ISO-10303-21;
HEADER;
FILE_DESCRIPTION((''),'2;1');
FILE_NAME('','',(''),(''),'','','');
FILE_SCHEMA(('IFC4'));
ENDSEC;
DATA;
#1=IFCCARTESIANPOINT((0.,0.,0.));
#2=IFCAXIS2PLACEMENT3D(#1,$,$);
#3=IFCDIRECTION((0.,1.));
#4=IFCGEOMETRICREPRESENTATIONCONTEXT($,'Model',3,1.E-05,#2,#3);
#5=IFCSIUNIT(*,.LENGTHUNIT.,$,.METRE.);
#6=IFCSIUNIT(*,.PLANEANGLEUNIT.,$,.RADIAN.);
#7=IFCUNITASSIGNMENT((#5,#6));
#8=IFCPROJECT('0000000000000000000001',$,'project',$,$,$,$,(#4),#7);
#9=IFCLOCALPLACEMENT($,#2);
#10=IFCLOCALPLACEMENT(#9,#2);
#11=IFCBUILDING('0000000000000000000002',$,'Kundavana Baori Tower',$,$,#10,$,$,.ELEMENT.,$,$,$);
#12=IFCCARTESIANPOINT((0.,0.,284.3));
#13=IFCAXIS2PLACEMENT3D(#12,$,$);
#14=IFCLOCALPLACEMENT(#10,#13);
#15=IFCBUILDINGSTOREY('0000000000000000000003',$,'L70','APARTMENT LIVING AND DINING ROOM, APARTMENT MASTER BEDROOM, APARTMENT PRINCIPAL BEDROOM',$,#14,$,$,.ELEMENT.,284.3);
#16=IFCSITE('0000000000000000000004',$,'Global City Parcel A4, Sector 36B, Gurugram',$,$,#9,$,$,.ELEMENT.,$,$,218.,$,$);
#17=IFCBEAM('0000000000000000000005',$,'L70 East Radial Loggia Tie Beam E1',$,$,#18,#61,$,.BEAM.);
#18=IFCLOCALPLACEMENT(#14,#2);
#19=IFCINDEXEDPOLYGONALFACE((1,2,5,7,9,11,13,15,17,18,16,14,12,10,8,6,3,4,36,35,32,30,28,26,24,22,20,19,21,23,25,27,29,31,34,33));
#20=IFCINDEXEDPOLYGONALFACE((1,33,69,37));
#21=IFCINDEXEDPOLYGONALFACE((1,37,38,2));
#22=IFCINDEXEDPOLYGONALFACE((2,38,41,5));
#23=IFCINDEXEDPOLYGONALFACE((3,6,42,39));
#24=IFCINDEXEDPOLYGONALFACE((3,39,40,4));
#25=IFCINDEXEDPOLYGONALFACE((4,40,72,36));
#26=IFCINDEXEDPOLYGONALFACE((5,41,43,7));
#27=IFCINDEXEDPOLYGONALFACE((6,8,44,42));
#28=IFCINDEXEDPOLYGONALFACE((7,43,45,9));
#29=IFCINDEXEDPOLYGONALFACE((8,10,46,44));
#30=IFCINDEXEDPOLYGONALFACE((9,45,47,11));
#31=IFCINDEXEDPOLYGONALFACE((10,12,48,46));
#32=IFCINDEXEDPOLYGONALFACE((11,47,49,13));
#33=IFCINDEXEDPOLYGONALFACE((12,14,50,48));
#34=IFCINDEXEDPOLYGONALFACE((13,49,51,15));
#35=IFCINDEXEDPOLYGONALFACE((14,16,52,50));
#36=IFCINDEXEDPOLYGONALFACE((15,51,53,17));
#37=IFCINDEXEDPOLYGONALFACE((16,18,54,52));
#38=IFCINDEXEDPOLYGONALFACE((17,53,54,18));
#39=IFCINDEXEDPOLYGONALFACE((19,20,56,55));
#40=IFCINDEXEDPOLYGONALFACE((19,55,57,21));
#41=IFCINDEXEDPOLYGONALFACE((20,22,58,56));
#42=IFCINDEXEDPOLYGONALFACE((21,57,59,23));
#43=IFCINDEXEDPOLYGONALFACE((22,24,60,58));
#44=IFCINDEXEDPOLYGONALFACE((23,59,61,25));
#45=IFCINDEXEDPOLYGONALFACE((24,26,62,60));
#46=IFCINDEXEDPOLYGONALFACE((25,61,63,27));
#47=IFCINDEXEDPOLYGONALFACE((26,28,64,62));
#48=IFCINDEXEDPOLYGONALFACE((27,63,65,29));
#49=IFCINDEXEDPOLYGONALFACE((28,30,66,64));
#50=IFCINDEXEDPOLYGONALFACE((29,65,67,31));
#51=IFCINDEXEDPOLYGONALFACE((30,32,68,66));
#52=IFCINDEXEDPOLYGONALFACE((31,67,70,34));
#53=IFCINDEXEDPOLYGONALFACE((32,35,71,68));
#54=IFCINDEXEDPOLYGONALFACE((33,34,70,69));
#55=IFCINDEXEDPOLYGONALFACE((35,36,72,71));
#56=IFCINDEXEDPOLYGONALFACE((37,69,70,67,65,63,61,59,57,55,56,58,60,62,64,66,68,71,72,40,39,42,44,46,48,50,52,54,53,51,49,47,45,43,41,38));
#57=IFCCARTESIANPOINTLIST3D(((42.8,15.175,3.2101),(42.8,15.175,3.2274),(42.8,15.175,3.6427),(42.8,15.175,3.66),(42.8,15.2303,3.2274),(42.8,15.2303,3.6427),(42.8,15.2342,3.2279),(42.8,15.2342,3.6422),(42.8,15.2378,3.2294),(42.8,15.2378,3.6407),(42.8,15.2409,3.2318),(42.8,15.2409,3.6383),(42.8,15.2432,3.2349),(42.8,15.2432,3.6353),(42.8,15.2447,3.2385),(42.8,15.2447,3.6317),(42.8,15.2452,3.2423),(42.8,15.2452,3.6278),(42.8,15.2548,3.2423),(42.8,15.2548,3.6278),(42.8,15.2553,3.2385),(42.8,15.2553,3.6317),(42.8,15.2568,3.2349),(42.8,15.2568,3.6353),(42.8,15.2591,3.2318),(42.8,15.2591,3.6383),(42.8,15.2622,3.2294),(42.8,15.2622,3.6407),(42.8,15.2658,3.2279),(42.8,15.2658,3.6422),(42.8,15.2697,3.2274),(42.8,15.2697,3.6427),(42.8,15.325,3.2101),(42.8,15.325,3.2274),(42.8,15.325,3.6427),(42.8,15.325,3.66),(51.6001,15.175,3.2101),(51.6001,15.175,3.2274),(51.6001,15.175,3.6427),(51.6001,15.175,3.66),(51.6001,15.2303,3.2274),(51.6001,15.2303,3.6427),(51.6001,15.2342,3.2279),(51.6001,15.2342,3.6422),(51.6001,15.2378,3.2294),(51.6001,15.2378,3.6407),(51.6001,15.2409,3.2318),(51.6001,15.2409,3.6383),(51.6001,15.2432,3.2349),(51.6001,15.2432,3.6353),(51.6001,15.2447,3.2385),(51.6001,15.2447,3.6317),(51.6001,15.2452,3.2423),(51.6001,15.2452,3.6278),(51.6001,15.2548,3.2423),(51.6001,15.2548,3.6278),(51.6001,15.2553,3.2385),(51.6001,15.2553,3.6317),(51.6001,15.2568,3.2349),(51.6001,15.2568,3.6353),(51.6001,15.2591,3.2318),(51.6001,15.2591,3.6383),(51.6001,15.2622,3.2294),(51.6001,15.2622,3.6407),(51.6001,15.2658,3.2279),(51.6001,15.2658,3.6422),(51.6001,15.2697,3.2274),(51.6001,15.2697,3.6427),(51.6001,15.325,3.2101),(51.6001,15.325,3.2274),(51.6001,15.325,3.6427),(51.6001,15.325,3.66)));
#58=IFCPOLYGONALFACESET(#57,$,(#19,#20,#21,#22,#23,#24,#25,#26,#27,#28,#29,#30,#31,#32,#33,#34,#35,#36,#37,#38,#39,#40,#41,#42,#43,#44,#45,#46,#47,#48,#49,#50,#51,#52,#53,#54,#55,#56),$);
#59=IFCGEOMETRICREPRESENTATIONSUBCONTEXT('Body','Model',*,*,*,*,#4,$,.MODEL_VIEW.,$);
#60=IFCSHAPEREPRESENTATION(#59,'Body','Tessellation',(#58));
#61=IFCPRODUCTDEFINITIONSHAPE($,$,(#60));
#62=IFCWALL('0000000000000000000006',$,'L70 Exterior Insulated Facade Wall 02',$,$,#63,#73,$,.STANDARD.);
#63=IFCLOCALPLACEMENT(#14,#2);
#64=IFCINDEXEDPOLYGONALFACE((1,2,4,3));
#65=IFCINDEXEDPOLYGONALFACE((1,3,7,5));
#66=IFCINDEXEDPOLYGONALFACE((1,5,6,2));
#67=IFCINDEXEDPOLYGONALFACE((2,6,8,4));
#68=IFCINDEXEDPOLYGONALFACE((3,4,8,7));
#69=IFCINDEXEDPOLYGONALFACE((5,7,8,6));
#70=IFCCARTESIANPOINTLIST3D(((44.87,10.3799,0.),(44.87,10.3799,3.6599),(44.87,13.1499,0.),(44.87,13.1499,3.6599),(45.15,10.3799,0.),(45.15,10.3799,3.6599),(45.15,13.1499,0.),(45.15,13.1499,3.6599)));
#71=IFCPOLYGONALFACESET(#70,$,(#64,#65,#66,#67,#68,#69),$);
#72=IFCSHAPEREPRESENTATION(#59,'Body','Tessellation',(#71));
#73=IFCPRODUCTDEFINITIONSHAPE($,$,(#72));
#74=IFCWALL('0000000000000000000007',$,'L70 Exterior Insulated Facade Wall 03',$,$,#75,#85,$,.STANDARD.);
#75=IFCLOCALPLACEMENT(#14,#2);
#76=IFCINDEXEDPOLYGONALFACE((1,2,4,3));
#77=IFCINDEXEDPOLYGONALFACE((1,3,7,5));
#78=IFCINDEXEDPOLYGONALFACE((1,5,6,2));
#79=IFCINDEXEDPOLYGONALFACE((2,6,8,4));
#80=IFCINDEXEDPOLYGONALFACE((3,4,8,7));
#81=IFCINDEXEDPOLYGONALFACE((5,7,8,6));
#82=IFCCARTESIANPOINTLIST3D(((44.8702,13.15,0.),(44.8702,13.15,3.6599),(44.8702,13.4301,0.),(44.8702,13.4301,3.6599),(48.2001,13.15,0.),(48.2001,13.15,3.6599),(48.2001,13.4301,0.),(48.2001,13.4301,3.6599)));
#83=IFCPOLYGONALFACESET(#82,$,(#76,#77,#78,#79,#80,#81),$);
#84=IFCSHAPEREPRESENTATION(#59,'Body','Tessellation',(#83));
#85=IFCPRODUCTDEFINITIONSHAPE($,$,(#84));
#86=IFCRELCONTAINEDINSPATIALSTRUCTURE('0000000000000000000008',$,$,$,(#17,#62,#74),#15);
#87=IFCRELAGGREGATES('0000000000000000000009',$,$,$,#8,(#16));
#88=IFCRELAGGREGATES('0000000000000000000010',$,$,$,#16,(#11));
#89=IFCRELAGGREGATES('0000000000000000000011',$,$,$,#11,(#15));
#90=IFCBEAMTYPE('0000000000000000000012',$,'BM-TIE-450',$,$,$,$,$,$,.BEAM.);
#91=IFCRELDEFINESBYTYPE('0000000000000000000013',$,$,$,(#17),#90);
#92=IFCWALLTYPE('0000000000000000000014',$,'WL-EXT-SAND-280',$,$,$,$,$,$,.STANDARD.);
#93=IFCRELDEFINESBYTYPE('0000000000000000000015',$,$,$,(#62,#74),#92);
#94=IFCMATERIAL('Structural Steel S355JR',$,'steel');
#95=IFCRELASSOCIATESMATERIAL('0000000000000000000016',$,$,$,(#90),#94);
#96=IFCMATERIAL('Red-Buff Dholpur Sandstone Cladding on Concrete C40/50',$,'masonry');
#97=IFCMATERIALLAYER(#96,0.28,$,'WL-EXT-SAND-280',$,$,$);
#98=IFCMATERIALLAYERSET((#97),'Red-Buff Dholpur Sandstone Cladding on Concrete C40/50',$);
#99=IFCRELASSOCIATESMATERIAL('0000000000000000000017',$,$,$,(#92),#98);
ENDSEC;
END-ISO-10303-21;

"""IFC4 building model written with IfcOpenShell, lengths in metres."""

from ifc_helpers import new_model, si_unit, direction, frame, frame_2d, origin, origin_2d, place, context, subcontext, project, spatial, rectangle, i_section, extrude, material, layer, layer_set, material_profile, profile_set, type_object, element, save


model = new_model("IFC4")

# Units and contexts
model_context = context("Model", 3, precision=1e-05, world=origin(), true_north=direction((0.0, 1.0)))
body_context = subcontext(model_context, "Body", "Model", "MODEL_VIEW")
ifc_project = project(units=[si_unit("LENGTHUNIT", "METRE"), si_unit("PLANEANGLEUNIT", "RADIAN")], contexts=[model_context])

# Site, building, storey
site_placement = place(None, origin())
site = spatial("IfcSite", under=ifc_project, at=site_placement, Name="Global City Parcel A4, Sector 36B, Gurugram", CompositionType="ELEMENT", RefElevation=218.0)
building_placement = place(site_placement, origin())
building = spatial("IfcBuilding", under=site, at=building_placement, Name="Kundavana Baori Tower", CompositionType="ELEMENT")
storey_placement = place(building_placement, frame((0.0, 0.0, 284.3)))
storey = spatial("IfcBuildingStorey", under=building, at=storey_placement, Name="L70", Description="APARTMENT LIVING AND DINING ROOM, APARTMENT MASTER BEDROOM, APARTMENT PRINCIPAL BEDROOM", CompositionType="ELEMENT", Elevation=284.3)

# Beam
ifc_material_1 = material(Name="Structural Steel S355JR", Category="steel")
ifc_material_profile_1 = material_profile(ifc_material_1, i_section(OverallWidth=0.1499, OverallDepth=0.45, WebThickness=0.0095, FlangeThickness=0.0173, FilletRadius=0.0149, at=origin_2d()), Name="ISMB 450")
ifc_profile_set_1 = profile_set([ifc_material_profile_1], Name="Structural Steel S355JR")
beam_type_1 = type_object("IfcBeamType", Name="BM-TIE-450", PredefinedType="BEAM", material=ifc_profile_set_1)
beam_1_placement = place(storey_placement, frame((42.8, 15.25, 3.4351), z_axis=(1.0, 0.0, 0.0), x_axis=(0.0, 1.0, 0.0)))
element("IfcBeam", 1, at=beam_1_placement, inside=storey, type_object=beam_type_1, Name="L70 East Radial Loggia Tie Beam E1", PredefinedType="BEAM", context=body_context, shape_type="SweptSolid", body=[
    extrude(i_section(OverallWidth=0.1499, OverallDepth=0.45, WebThickness=0.0095, FlangeThickness=0.0173, FilletRadius=0.0149, at=origin_2d()), origin(), (0.0, 0.0, 1.0), 8.8),
])

# Walls
ifc_material_2 = material(Name="Red-Buff Dholpur Sandstone Cladding on Concrete C40/50", Category="masonry")
ifc_layer_1 = layer(ifc_material_2, 0.28, Name="WL-EXT-SAND-280")
ifc_layer_set_1 = layer_set([ifc_layer_1], Name="Red-Buff Dholpur Sandstone Cladding on Concrete C40/50")
wall_type_1 = type_object("IfcWallType", Name="WL-EXT-SAND-280", PredefinedType="STANDARD", material=ifc_layer_set_1)
wall_1_placement = place(storey_placement, frame((45.01, 10.3799, 0.0), z_axis=(0.0, 0.0, 1.0), x_axis=(0.0, 1.0, 0.0)))
element("IfcWall", 2, at=wall_1_placement, inside=storey, type_object=wall_type_1, Name="L70 Exterior Insulated Facade Wall 02", PredefinedType="STANDARD", context=body_context, shape_type="SweptSolid", body=[
    extrude(rectangle(XDim=2.77, YDim=0.28, at=frame_2d((1.385, 0.0))), origin(), (0.0, 0.0, 1.0), 3.6599),
])
wall_2_placement = place(storey_placement, frame((44.8701, 13.29, 0.0), z_axis=(0.0, 0.0, 1.0), x_axis=(1.0, 0.0, 0.0)))
element("IfcWall", 3, at=wall_2_placement, inside=storey, type_object=wall_type_1, Name="L70 Exterior Insulated Facade Wall 03", PredefinedType="STANDARD", context=body_context, shape_type="SweptSolid", body=[
    extrude(rectangle(XDim=3.3298, YDim=0.28, at=frame_2d((1.665, 0.0))), origin(), (0.0, 0.0, 1.0), 3.6599),
])

save(model, "model.ifc")
